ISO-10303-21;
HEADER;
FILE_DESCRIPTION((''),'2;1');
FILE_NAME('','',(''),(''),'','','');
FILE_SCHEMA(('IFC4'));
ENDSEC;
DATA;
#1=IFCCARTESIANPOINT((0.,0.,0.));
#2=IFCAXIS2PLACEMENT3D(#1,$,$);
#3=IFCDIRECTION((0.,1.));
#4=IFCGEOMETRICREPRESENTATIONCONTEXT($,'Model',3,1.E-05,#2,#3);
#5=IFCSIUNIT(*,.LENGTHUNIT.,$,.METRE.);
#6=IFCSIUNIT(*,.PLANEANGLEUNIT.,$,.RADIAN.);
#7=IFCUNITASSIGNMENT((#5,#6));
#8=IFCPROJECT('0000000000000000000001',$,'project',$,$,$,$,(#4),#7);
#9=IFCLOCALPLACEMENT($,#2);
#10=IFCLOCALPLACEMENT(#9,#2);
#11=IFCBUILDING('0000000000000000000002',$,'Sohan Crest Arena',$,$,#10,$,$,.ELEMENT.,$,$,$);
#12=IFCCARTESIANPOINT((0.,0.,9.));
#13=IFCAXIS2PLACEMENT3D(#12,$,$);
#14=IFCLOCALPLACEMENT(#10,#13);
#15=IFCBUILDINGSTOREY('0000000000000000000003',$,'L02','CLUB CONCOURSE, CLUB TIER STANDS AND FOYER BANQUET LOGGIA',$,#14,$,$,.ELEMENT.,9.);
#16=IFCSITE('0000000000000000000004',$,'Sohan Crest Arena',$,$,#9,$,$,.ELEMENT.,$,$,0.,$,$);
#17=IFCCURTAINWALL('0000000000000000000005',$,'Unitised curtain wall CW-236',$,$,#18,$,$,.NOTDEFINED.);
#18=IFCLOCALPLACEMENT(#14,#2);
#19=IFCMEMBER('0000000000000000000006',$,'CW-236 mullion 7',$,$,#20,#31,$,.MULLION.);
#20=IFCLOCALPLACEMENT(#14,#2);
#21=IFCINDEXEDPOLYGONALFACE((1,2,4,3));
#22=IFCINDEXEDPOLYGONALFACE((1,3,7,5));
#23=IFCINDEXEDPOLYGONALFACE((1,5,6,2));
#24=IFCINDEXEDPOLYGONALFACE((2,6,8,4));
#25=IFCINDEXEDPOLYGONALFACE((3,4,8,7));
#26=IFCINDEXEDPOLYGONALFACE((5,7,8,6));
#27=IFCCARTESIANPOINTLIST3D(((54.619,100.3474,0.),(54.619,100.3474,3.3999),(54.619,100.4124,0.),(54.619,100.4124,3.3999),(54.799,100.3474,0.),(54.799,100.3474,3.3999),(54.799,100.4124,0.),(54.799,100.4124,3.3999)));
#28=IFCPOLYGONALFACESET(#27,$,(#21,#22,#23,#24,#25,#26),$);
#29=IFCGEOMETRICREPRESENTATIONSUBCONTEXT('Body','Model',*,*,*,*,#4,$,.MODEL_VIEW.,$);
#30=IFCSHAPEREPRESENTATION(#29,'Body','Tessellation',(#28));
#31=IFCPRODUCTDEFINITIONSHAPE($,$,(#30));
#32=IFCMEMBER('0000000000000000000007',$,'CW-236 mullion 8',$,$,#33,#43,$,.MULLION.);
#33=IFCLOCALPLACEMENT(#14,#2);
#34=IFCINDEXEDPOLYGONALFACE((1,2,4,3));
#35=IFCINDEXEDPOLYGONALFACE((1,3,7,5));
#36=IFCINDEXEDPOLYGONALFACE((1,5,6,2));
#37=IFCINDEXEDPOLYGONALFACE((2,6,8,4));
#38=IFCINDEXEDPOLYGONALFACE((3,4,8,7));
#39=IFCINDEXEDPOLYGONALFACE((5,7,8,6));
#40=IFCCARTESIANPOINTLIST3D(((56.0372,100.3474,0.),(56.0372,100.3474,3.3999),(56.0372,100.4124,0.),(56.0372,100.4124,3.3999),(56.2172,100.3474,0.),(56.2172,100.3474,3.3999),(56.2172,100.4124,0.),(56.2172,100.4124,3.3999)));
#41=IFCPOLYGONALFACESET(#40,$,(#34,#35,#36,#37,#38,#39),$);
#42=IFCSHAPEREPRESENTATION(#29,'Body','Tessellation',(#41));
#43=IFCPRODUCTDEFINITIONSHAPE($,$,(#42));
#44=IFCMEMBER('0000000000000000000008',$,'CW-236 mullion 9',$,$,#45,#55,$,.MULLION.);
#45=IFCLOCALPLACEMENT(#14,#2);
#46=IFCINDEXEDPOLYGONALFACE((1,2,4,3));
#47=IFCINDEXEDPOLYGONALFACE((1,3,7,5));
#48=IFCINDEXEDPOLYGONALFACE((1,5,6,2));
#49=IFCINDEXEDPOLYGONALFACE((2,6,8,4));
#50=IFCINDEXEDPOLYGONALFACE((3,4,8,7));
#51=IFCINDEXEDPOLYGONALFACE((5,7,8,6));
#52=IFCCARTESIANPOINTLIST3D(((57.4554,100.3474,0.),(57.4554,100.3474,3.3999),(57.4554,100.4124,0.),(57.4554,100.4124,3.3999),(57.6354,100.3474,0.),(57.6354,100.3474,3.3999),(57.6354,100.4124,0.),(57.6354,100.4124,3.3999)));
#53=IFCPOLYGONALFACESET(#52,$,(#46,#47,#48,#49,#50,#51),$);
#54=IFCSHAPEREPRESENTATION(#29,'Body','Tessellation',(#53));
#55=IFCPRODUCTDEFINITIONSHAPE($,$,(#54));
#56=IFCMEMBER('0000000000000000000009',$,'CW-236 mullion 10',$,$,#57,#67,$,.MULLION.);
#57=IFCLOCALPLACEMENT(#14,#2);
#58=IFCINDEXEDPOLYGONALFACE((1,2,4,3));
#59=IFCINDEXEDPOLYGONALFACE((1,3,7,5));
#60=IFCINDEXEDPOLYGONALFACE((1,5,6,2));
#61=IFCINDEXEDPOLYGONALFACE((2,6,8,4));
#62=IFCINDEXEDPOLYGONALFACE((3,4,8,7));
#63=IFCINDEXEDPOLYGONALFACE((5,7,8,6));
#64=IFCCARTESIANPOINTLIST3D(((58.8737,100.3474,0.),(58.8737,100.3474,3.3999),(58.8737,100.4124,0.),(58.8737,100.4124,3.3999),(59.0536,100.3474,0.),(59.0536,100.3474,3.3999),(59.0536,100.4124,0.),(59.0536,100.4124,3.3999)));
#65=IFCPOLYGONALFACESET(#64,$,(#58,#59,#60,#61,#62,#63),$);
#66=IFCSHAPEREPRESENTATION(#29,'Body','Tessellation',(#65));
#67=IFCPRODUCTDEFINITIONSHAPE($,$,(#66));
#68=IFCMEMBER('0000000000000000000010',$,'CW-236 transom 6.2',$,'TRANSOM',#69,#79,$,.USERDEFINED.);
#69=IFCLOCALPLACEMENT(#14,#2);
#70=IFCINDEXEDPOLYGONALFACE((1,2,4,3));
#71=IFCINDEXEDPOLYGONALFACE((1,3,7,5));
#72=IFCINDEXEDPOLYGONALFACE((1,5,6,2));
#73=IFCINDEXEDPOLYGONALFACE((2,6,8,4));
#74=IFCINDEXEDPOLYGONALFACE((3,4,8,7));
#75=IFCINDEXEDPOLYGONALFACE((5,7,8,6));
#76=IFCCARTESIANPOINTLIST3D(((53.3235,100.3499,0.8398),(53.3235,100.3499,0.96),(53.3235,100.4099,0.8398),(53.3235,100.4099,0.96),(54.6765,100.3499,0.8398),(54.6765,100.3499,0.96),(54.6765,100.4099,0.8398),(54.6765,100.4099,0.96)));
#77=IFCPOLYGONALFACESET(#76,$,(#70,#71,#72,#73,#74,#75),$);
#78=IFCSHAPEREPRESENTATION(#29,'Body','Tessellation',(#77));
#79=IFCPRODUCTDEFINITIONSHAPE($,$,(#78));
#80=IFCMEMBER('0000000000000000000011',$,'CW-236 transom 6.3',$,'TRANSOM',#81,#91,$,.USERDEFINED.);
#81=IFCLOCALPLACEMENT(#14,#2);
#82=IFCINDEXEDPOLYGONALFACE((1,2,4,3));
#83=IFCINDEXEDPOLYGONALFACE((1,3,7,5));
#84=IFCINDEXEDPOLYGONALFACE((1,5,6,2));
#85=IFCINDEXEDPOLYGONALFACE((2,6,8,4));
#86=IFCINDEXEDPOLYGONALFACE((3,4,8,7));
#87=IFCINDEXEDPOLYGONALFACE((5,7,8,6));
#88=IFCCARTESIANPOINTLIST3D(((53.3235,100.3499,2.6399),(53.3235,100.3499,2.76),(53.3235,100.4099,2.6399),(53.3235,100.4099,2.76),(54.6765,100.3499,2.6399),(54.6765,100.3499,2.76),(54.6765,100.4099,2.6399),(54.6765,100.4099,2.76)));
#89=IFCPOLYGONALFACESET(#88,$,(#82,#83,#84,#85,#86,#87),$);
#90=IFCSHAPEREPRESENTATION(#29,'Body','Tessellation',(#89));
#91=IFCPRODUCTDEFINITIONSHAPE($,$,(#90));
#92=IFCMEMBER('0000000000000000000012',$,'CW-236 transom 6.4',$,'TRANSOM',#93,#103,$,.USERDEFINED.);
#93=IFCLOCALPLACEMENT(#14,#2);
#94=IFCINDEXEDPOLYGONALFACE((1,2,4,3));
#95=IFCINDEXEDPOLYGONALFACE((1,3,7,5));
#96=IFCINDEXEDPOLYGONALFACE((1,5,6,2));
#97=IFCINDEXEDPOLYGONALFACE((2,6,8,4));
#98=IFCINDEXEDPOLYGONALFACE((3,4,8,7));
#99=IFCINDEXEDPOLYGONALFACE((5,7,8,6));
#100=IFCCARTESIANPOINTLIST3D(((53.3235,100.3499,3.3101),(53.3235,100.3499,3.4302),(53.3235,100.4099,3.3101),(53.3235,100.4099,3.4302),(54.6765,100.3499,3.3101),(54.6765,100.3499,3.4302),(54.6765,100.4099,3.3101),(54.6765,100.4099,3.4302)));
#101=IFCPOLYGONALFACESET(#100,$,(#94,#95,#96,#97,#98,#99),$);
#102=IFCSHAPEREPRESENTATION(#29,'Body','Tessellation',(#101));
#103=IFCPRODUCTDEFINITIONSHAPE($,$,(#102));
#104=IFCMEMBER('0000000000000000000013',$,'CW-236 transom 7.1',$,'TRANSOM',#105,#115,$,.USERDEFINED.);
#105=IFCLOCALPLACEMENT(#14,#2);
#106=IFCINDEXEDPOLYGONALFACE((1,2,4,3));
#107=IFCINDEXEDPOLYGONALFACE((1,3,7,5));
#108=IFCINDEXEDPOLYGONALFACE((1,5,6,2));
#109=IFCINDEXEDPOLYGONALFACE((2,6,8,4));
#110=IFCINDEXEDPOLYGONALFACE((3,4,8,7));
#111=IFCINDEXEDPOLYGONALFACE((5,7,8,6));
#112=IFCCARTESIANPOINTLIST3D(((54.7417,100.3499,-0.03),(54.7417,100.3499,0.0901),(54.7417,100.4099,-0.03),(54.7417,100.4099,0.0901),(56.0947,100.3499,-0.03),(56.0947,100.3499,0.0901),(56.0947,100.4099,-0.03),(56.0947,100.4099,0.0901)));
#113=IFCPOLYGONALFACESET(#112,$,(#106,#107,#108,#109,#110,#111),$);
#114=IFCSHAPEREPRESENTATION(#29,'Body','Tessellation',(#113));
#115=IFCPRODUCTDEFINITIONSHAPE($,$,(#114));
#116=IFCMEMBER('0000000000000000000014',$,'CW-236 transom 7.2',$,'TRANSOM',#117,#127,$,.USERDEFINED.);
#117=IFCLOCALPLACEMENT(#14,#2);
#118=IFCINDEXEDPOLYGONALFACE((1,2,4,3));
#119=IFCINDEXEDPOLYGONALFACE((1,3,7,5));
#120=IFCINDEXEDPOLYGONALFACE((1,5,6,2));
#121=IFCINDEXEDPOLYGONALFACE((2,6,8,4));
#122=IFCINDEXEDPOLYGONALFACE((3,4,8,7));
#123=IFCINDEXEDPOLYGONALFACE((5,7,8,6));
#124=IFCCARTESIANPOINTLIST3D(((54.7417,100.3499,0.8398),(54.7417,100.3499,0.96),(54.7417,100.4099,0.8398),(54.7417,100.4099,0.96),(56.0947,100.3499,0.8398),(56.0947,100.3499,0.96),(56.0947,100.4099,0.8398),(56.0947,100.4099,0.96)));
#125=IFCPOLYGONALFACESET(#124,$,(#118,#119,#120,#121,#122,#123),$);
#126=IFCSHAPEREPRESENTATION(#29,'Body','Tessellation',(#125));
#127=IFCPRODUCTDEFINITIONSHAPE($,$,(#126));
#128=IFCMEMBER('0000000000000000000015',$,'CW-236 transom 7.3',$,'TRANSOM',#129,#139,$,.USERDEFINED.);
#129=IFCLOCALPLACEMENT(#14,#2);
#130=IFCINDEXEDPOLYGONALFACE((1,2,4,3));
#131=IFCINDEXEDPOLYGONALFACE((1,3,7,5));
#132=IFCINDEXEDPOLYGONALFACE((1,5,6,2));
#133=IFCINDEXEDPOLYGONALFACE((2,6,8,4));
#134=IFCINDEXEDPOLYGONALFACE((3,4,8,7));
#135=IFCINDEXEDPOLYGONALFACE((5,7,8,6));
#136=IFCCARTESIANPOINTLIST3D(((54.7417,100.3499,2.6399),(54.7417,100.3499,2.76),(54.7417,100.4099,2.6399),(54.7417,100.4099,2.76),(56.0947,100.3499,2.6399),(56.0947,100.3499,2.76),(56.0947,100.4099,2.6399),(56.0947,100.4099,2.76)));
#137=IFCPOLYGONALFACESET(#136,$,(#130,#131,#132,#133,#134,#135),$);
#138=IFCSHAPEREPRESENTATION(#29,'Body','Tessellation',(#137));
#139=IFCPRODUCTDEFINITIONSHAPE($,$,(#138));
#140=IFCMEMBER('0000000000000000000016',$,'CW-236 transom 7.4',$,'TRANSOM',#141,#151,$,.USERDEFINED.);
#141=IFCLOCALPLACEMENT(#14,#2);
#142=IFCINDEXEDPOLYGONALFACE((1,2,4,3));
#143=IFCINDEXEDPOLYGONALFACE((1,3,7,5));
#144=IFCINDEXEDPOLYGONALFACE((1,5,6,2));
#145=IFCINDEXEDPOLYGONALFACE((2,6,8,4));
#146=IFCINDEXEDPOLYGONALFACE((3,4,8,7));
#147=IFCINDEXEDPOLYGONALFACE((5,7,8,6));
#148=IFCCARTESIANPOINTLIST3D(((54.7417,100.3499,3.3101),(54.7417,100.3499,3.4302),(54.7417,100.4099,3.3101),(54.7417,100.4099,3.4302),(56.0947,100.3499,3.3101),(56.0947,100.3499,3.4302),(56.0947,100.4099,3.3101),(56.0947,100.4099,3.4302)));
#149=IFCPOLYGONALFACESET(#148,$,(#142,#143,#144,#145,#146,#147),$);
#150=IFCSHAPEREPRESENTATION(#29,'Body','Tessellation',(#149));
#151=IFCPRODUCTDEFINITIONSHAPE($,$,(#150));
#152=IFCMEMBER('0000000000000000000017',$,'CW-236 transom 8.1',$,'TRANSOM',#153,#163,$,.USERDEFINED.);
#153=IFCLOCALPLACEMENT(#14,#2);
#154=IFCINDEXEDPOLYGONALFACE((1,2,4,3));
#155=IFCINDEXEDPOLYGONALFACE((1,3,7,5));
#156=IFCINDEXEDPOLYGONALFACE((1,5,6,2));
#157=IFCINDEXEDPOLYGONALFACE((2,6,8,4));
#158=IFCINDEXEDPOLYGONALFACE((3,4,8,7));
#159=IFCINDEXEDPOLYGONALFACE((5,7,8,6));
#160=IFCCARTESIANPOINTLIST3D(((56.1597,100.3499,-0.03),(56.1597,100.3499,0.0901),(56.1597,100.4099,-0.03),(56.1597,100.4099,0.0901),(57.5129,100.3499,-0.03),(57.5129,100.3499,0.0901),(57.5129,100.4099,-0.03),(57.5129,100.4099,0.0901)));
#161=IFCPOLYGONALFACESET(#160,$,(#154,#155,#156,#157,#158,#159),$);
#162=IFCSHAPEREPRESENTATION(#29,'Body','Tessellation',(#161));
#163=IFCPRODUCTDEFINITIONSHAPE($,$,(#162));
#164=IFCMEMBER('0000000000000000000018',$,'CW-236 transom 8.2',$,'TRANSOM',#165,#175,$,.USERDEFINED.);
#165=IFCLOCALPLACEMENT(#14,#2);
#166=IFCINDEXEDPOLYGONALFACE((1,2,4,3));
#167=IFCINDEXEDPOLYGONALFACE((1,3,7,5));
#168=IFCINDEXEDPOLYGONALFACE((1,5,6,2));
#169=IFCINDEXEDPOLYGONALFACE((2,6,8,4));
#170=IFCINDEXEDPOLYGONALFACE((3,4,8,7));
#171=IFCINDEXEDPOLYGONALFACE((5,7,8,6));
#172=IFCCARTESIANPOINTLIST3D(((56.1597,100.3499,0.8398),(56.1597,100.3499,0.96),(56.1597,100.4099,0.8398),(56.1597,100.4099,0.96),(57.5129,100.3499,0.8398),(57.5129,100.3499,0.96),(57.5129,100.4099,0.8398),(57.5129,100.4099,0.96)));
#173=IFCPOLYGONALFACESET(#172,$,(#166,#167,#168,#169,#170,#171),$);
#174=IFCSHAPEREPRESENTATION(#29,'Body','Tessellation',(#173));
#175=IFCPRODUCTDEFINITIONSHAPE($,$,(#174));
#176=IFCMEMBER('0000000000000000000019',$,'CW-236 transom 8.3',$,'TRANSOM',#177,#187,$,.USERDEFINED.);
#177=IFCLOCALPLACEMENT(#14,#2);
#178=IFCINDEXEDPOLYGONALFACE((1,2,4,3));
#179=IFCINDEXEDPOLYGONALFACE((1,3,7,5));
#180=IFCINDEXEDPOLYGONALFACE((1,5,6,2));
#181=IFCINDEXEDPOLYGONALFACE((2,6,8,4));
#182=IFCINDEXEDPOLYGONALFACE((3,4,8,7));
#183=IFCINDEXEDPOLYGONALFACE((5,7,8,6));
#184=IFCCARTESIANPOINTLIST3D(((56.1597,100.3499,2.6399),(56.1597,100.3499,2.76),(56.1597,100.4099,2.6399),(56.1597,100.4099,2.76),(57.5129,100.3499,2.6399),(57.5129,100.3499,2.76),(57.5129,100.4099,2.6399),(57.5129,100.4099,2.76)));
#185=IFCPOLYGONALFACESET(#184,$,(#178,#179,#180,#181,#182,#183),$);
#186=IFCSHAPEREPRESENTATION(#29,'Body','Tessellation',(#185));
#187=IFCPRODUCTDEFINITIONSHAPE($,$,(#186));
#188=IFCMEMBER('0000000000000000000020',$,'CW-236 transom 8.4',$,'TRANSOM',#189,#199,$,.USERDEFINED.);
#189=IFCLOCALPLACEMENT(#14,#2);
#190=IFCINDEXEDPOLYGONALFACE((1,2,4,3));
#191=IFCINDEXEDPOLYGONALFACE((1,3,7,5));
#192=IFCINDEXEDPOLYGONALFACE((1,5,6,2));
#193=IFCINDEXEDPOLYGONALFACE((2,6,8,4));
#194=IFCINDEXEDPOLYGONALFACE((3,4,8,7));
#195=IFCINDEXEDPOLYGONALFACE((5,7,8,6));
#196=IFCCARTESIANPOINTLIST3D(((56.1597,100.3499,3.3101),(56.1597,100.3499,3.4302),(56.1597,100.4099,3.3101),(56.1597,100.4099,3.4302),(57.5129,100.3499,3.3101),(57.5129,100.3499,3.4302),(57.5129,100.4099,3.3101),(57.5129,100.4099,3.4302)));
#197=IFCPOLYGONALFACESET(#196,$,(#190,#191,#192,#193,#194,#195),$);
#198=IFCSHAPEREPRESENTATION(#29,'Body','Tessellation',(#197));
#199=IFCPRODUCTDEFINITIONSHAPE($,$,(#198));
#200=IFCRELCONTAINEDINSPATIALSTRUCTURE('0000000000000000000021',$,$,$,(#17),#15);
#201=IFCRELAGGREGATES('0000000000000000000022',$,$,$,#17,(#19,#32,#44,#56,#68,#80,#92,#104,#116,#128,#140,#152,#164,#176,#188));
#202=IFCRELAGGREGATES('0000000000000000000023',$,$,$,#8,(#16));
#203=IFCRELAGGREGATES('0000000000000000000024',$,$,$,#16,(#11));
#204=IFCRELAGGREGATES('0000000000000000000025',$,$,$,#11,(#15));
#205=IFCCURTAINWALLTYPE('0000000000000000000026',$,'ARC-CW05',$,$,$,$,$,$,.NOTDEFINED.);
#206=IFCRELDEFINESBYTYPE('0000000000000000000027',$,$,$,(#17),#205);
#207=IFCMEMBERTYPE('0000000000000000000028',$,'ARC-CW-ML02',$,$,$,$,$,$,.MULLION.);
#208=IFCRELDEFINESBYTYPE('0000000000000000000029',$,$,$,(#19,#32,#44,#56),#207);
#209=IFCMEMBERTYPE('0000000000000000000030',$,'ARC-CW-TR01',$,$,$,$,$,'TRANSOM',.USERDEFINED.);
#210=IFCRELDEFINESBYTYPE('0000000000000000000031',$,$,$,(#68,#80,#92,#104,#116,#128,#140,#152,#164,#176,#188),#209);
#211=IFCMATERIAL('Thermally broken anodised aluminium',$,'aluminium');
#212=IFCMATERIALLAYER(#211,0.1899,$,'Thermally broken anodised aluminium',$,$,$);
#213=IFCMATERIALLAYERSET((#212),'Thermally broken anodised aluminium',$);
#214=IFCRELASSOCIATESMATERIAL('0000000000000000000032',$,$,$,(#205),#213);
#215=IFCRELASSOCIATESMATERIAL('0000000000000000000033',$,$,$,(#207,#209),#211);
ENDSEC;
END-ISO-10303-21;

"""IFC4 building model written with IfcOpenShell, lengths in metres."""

from ifc_helpers import new_model, si_unit, direction, frame, origin, origin_2d, place, context, subcontext, project, spatial, rectangle, extrude, material, layer, layer_set, material_profile, profile_set, type_object, element, aggregate, save


model = new_model("IFC4")

# Units and contexts
model_context = context("Model", 3, precision=1e-05, world=origin(), true_north=direction((0.0, 1.0)))
body_context = subcontext(model_context, "Body", "Model", "MODEL_VIEW")
ifc_project = project(units=[si_unit("LENGTHUNIT", "METRE"), si_unit("PLANEANGLEUNIT", "RADIAN")], contexts=[model_context])

# Site, building, storey
site_placement = place(None, origin())
site = spatial("IfcSite", under=ifc_project, at=site_placement, Name="Sohan Crest Arena", CompositionType="ELEMENT", RefElevation=0.0)
building_placement = place(site_placement, origin())
building = spatial("IfcBuilding", under=site, at=building_placement, Name="Sohan Crest Arena", CompositionType="ELEMENT")
storey_placement = place(building_placement, frame((0.0, 0.0, 9.0)))
storey = spatial("IfcBuildingStorey", under=building, at=storey_placement, Name="L02", Description="CLUB CONCOURSE, CLUB TIER STANDS AND FOYER BANQUET LOGGIA", CompositionType="ELEMENT", Elevation=9.0)

# Curtain wall, members
ifc_material_1 = material(Name="Thermally broken anodised aluminium", Category="aluminium")
ifc_layer_1 = layer(ifc_material_1, 0.1899, Name="Thermally broken anodised aluminium")
ifc_layer_set_1 = layer_set([ifc_layer_1], Name="Thermally broken anodised aluminium")
curtain_wall_type = type_object("IfcCurtainWallType", Name="ARC-CW05", PredefinedType="NOTDEFINED", material=ifc_layer_set_1)
curtain_wall_placement = place(storey_placement, origin())
curtain_wall = element("IfcCurtainWall", 1, at=curtain_wall_placement, inside=storey, type_object=curtain_wall_type, Name="Unitised curtain wall CW-236", PredefinedType="NOTDEFINED")
ifc_material_profile_1 = material_profile(ifc_material_1, rectangle(XDim=0.0649, YDim=0.1799, at=origin_2d()), Name="ALU-MULL 65x180")
ifc_profile_set_1 = profile_set([ifc_material_profile_1], Name="Thermally broken anodised aluminium")
member_type_1 = type_object("IfcMemberType", Name="ARC-CW-ML02", PredefinedType="MULLION", material=ifc_profile_set_1)
member_1_placement = place(storey_placement, frame((54.709, 100.3799, 0.0), z_axis=(0.0, 0.0, 1.0), x_axis=(0.0, 1.0, 0.0)))
member_1 = element("IfcMember", 2, at=member_1_placement, type_object=member_type_1, Name="CW-236 mullion 7", PredefinedType="MULLION", context=body_context, shape_type="SweptSolid", body=[
    extrude(rectangle(XDim=0.0649, YDim=0.1799, at=origin_2d()), origin(), (0.0, 0.0, 1.0), 3.3999),
])
member_2_placement = place(storey_placement, frame((56.1272, 100.3799, 0.0), z_axis=(0.0, 0.0, 1.0), x_axis=(0.0, 1.0, 0.0)))
member_2 = element("IfcMember", 3, at=member_2_placement, type_object=member_type_1, Name="CW-236 mullion 8", PredefinedType="MULLION", context=body_context, shape_type="SweptSolid", body=[
    extrude(rectangle(XDim=0.0649, YDim=0.1799, at=origin_2d()), origin(), (0.0, 0.0, 1.0), 3.3999),
])
member_3_placement = place(storey_placement, frame((57.5454, 100.3799, 0.0), z_axis=(0.0, 0.0, 1.0), x_axis=(0.0, 1.0, 0.0)))
member_3 = element("IfcMember", 4, at=member_3_placement, type_object=member_type_1, Name="CW-236 mullion 9", PredefinedType="MULLION", context=body_context, shape_type="SweptSolid", body=[
    extrude(rectangle(XDim=0.0649, YDim=0.1799, at=origin_2d()), origin(), (0.0, 0.0, 1.0), 3.3999),
])
member_4_placement = place(storey_placement, frame((58.9636, 100.3799, 0.0), z_axis=(0.0, 0.0, 1.0), x_axis=(0.0, 1.0, 0.0)))
member_4 = element("IfcMember", 5, at=member_4_placement, type_object=member_type_1, Name="CW-236 mullion 10", PredefinedType="MULLION", context=body_context, shape_type="SweptSolid", body=[
    extrude(rectangle(XDim=0.0649, YDim=0.1799, at=origin_2d()), origin(), (0.0, 0.0, 1.0), 3.3999),
])
ifc_material_profile_2 = material_profile(ifc_material_1, rectangle(XDim=0.0601, YDim=0.1201, at=origin_2d()), Name="ALU-TRAN 60x120")
ifc_profile_set_2 = profile_set([ifc_material_profile_2], Name="Thermally broken anodised aluminium")
member_type_2 = type_object("IfcMemberType", Name="ARC-CW-TR01", ElementType="TRANSOM", PredefinedType="USERDEFINED", material=ifc_profile_set_2)
member_5_placement = place(storey_placement, frame((53.3235, 100.3799, 0.8999), z_axis=(1.0, 0.0, 0.0), x_axis=(0.0, 1.0, 0.0)))
member_5 = element("IfcMember", 6, at=member_5_placement, type_object=member_type_2, Name="CW-236 transom 6.2", ObjectType="TRANSOM", PredefinedType="USERDEFINED", context=body_context, shape_type="SweptSolid", body=[
    extrude(rectangle(XDim=0.0601, YDim=0.1201, at=origin_2d()), origin(), (0.0, 0.0, 1.0), 1.353),
])
member_6_placement = place(storey_placement, frame((53.3235, 100.3799, 2.7), z_axis=(1.0, 0.0, 0.0), x_axis=(0.0, 1.0, 0.0)))
member_6 = element("IfcMember", 7, at=member_6_placement, type_object=member_type_2, Name="CW-236 transom 6.3", ObjectType="TRANSOM", PredefinedType="USERDEFINED", context=body_context, shape_type="SweptSolid", body=[
    extrude(rectangle(XDim=0.0601, YDim=0.1201, at=origin_2d()), origin(), (0.0, 0.0, 1.0), 1.353),
])
member_7_placement = place(storey_placement, frame((53.3235, 100.3799, 3.3701), z_axis=(1.0, 0.0, 0.0), x_axis=(0.0, 1.0, 0.0)))
member_7 = element("IfcMember", 8, at=member_7_placement, type_object=member_type_2, Name="CW-236 transom 6.4", ObjectType="TRANSOM", PredefinedType="USERDEFINED", context=body_context, shape_type="SweptSolid", body=[
    extrude(rectangle(XDim=0.0601, YDim=0.1201, at=origin_2d()), origin(), (0.0, 0.0, 1.0), 1.353),
])
member_8_placement = place(storey_placement, frame((54.7417, 100.3799, 0.03), z_axis=(1.0, 0.0, 0.0), x_axis=(0.0, 1.0, 0.0)))
member_8 = element("IfcMember", 9, at=member_8_placement, type_object=member_type_2, Name="CW-236 transom 7.1", ObjectType="TRANSOM", PredefinedType="USERDEFINED", context=body_context, shape_type="SweptSolid", body=[
    extrude(rectangle(XDim=0.0601, YDim=0.1201, at=origin_2d()), origin(), (0.0, 0.0, 1.0), 1.353),
])
member_9_placement = place(storey_placement, frame((54.7417, 100.3799, 0.8999), z_axis=(1.0, 0.0, 0.0), x_axis=(0.0, 1.0, 0.0)))
member_9 = element("IfcMember", 10, at=member_9_placement, type_object=member_type_2, Name="CW-236 transom 7.2", ObjectType="TRANSOM", PredefinedType="USERDEFINED", context=body_context, shape_type="SweptSolid", body=[
    extrude(rectangle(XDim=0.0601, YDim=0.1201, at=origin_2d()), origin(), (0.0, 0.0, 1.0), 1.353),
])
member_10_placement = place(storey_placement, frame((54.7417, 100.3799, 2.7), z_axis=(1.0, 0.0, 0.0), x_axis=(0.0, 1.0, 0.0)))
member_10 = element("IfcMember", 11, at=member_10_placement, type_object=member_type_2, Name="CW-236 transom 7.3", ObjectType="TRANSOM", PredefinedType="USERDEFINED", context=body_context, shape_type="SweptSolid", body=[
    extrude(rectangle(XDim=0.0601, YDim=0.1201, at=origin_2d()), origin(), (0.0, 0.0, 1.0), 1.353),
])
member_11_placement = place(storey_placement, frame((54.7417, 100.3799, 3.3701), z_axis=(1.0, 0.0, 0.0), x_axis=(0.0, 1.0, 0.0)))
member_11 = element("IfcMember", 12, at=member_11_placement, type_object=member_type_2, Name="CW-236 transom 7.4", ObjectType="TRANSOM", PredefinedType="USERDEFINED", context=body_context, shape_type="SweptSolid", body=[
    extrude(rectangle(XDim=0.0601, YDim=0.1201, at=origin_2d()), origin(), (0.0, 0.0, 1.0), 1.353),
])
member_12_placement = place(storey_placement, frame((56.1597, 100.3799, 0.03), z_axis=(1.0, 0.0, 0.0), x_axis=(0.0, 1.0, 0.0)))
member_12 = element("IfcMember", 13, at=member_12_placement, type_object=member_type_2, Name="CW-236 transom 8.1", ObjectType="TRANSOM", PredefinedType="USERDEFINED", context=body_context, shape_type="SweptSolid", body=[
    extrude(rectangle(XDim=0.0601, YDim=0.1201, at=origin_2d()), origin(), (0.0, 0.0, 1.0), 1.3533),
])
member_13_placement = place(storey_placement, frame((56.1597, 100.3799, 0.8999), z_axis=(1.0, 0.0, 0.0), x_axis=(0.0, 1.0, 0.0)))
member_13 = element("IfcMember", 14, at=member_13_placement, type_object=member_type_2, Name="CW-236 transom 8.2", ObjectType="TRANSOM", PredefinedType="USERDEFINED", context=body_context, shape_type="SweptSolid", body=[
    extrude(rectangle(XDim=0.0601, YDim=0.1201, at=origin_2d()), origin(), (0.0, 0.0, 1.0), 1.3533),
])
member_14_placement = place(storey_placement, frame((56.1597, 100.3799, 2.7), z_axis=(1.0, 0.0, 0.0), x_axis=(0.0, 1.0, 0.0)))
member_14 = element("IfcMember", 15, at=member_14_placement, type_object=member_type_2, Name="CW-236 transom 8.3", ObjectType="TRANSOM", PredefinedType="USERDEFINED", context=body_context, shape_type="SweptSolid", body=[
    extrude(rectangle(XDim=0.0601, YDim=0.1201, at=origin_2d()), origin(), (0.0, 0.0, 1.0), 1.3533),
])
member_15_placement = place(storey_placement, frame((56.1597, 100.3799, 3.3701), z_axis=(1.0, 0.0, 0.0), x_axis=(0.0, 1.0, 0.0)))
member_15 = element("IfcMember", 16, at=member_15_placement, type_object=member_type_2, Name="CW-236 transom 8.4", ObjectType="TRANSOM", PredefinedType="USERDEFINED", context=body_context, shape_type="SweptSolid", body=[
    extrude(rectangle(XDim=0.0601, YDim=0.1201, at=origin_2d()), origin(), (0.0, 0.0, 1.0), 1.3533),
])
aggregate(curtain_wall, [member_1, member_2, member_3, member_4, member_5, member_6, member_7, member_8, member_9, member_10, member_11, member_12, member_13, member_14, member_15])

save(model, "model.ifc")
